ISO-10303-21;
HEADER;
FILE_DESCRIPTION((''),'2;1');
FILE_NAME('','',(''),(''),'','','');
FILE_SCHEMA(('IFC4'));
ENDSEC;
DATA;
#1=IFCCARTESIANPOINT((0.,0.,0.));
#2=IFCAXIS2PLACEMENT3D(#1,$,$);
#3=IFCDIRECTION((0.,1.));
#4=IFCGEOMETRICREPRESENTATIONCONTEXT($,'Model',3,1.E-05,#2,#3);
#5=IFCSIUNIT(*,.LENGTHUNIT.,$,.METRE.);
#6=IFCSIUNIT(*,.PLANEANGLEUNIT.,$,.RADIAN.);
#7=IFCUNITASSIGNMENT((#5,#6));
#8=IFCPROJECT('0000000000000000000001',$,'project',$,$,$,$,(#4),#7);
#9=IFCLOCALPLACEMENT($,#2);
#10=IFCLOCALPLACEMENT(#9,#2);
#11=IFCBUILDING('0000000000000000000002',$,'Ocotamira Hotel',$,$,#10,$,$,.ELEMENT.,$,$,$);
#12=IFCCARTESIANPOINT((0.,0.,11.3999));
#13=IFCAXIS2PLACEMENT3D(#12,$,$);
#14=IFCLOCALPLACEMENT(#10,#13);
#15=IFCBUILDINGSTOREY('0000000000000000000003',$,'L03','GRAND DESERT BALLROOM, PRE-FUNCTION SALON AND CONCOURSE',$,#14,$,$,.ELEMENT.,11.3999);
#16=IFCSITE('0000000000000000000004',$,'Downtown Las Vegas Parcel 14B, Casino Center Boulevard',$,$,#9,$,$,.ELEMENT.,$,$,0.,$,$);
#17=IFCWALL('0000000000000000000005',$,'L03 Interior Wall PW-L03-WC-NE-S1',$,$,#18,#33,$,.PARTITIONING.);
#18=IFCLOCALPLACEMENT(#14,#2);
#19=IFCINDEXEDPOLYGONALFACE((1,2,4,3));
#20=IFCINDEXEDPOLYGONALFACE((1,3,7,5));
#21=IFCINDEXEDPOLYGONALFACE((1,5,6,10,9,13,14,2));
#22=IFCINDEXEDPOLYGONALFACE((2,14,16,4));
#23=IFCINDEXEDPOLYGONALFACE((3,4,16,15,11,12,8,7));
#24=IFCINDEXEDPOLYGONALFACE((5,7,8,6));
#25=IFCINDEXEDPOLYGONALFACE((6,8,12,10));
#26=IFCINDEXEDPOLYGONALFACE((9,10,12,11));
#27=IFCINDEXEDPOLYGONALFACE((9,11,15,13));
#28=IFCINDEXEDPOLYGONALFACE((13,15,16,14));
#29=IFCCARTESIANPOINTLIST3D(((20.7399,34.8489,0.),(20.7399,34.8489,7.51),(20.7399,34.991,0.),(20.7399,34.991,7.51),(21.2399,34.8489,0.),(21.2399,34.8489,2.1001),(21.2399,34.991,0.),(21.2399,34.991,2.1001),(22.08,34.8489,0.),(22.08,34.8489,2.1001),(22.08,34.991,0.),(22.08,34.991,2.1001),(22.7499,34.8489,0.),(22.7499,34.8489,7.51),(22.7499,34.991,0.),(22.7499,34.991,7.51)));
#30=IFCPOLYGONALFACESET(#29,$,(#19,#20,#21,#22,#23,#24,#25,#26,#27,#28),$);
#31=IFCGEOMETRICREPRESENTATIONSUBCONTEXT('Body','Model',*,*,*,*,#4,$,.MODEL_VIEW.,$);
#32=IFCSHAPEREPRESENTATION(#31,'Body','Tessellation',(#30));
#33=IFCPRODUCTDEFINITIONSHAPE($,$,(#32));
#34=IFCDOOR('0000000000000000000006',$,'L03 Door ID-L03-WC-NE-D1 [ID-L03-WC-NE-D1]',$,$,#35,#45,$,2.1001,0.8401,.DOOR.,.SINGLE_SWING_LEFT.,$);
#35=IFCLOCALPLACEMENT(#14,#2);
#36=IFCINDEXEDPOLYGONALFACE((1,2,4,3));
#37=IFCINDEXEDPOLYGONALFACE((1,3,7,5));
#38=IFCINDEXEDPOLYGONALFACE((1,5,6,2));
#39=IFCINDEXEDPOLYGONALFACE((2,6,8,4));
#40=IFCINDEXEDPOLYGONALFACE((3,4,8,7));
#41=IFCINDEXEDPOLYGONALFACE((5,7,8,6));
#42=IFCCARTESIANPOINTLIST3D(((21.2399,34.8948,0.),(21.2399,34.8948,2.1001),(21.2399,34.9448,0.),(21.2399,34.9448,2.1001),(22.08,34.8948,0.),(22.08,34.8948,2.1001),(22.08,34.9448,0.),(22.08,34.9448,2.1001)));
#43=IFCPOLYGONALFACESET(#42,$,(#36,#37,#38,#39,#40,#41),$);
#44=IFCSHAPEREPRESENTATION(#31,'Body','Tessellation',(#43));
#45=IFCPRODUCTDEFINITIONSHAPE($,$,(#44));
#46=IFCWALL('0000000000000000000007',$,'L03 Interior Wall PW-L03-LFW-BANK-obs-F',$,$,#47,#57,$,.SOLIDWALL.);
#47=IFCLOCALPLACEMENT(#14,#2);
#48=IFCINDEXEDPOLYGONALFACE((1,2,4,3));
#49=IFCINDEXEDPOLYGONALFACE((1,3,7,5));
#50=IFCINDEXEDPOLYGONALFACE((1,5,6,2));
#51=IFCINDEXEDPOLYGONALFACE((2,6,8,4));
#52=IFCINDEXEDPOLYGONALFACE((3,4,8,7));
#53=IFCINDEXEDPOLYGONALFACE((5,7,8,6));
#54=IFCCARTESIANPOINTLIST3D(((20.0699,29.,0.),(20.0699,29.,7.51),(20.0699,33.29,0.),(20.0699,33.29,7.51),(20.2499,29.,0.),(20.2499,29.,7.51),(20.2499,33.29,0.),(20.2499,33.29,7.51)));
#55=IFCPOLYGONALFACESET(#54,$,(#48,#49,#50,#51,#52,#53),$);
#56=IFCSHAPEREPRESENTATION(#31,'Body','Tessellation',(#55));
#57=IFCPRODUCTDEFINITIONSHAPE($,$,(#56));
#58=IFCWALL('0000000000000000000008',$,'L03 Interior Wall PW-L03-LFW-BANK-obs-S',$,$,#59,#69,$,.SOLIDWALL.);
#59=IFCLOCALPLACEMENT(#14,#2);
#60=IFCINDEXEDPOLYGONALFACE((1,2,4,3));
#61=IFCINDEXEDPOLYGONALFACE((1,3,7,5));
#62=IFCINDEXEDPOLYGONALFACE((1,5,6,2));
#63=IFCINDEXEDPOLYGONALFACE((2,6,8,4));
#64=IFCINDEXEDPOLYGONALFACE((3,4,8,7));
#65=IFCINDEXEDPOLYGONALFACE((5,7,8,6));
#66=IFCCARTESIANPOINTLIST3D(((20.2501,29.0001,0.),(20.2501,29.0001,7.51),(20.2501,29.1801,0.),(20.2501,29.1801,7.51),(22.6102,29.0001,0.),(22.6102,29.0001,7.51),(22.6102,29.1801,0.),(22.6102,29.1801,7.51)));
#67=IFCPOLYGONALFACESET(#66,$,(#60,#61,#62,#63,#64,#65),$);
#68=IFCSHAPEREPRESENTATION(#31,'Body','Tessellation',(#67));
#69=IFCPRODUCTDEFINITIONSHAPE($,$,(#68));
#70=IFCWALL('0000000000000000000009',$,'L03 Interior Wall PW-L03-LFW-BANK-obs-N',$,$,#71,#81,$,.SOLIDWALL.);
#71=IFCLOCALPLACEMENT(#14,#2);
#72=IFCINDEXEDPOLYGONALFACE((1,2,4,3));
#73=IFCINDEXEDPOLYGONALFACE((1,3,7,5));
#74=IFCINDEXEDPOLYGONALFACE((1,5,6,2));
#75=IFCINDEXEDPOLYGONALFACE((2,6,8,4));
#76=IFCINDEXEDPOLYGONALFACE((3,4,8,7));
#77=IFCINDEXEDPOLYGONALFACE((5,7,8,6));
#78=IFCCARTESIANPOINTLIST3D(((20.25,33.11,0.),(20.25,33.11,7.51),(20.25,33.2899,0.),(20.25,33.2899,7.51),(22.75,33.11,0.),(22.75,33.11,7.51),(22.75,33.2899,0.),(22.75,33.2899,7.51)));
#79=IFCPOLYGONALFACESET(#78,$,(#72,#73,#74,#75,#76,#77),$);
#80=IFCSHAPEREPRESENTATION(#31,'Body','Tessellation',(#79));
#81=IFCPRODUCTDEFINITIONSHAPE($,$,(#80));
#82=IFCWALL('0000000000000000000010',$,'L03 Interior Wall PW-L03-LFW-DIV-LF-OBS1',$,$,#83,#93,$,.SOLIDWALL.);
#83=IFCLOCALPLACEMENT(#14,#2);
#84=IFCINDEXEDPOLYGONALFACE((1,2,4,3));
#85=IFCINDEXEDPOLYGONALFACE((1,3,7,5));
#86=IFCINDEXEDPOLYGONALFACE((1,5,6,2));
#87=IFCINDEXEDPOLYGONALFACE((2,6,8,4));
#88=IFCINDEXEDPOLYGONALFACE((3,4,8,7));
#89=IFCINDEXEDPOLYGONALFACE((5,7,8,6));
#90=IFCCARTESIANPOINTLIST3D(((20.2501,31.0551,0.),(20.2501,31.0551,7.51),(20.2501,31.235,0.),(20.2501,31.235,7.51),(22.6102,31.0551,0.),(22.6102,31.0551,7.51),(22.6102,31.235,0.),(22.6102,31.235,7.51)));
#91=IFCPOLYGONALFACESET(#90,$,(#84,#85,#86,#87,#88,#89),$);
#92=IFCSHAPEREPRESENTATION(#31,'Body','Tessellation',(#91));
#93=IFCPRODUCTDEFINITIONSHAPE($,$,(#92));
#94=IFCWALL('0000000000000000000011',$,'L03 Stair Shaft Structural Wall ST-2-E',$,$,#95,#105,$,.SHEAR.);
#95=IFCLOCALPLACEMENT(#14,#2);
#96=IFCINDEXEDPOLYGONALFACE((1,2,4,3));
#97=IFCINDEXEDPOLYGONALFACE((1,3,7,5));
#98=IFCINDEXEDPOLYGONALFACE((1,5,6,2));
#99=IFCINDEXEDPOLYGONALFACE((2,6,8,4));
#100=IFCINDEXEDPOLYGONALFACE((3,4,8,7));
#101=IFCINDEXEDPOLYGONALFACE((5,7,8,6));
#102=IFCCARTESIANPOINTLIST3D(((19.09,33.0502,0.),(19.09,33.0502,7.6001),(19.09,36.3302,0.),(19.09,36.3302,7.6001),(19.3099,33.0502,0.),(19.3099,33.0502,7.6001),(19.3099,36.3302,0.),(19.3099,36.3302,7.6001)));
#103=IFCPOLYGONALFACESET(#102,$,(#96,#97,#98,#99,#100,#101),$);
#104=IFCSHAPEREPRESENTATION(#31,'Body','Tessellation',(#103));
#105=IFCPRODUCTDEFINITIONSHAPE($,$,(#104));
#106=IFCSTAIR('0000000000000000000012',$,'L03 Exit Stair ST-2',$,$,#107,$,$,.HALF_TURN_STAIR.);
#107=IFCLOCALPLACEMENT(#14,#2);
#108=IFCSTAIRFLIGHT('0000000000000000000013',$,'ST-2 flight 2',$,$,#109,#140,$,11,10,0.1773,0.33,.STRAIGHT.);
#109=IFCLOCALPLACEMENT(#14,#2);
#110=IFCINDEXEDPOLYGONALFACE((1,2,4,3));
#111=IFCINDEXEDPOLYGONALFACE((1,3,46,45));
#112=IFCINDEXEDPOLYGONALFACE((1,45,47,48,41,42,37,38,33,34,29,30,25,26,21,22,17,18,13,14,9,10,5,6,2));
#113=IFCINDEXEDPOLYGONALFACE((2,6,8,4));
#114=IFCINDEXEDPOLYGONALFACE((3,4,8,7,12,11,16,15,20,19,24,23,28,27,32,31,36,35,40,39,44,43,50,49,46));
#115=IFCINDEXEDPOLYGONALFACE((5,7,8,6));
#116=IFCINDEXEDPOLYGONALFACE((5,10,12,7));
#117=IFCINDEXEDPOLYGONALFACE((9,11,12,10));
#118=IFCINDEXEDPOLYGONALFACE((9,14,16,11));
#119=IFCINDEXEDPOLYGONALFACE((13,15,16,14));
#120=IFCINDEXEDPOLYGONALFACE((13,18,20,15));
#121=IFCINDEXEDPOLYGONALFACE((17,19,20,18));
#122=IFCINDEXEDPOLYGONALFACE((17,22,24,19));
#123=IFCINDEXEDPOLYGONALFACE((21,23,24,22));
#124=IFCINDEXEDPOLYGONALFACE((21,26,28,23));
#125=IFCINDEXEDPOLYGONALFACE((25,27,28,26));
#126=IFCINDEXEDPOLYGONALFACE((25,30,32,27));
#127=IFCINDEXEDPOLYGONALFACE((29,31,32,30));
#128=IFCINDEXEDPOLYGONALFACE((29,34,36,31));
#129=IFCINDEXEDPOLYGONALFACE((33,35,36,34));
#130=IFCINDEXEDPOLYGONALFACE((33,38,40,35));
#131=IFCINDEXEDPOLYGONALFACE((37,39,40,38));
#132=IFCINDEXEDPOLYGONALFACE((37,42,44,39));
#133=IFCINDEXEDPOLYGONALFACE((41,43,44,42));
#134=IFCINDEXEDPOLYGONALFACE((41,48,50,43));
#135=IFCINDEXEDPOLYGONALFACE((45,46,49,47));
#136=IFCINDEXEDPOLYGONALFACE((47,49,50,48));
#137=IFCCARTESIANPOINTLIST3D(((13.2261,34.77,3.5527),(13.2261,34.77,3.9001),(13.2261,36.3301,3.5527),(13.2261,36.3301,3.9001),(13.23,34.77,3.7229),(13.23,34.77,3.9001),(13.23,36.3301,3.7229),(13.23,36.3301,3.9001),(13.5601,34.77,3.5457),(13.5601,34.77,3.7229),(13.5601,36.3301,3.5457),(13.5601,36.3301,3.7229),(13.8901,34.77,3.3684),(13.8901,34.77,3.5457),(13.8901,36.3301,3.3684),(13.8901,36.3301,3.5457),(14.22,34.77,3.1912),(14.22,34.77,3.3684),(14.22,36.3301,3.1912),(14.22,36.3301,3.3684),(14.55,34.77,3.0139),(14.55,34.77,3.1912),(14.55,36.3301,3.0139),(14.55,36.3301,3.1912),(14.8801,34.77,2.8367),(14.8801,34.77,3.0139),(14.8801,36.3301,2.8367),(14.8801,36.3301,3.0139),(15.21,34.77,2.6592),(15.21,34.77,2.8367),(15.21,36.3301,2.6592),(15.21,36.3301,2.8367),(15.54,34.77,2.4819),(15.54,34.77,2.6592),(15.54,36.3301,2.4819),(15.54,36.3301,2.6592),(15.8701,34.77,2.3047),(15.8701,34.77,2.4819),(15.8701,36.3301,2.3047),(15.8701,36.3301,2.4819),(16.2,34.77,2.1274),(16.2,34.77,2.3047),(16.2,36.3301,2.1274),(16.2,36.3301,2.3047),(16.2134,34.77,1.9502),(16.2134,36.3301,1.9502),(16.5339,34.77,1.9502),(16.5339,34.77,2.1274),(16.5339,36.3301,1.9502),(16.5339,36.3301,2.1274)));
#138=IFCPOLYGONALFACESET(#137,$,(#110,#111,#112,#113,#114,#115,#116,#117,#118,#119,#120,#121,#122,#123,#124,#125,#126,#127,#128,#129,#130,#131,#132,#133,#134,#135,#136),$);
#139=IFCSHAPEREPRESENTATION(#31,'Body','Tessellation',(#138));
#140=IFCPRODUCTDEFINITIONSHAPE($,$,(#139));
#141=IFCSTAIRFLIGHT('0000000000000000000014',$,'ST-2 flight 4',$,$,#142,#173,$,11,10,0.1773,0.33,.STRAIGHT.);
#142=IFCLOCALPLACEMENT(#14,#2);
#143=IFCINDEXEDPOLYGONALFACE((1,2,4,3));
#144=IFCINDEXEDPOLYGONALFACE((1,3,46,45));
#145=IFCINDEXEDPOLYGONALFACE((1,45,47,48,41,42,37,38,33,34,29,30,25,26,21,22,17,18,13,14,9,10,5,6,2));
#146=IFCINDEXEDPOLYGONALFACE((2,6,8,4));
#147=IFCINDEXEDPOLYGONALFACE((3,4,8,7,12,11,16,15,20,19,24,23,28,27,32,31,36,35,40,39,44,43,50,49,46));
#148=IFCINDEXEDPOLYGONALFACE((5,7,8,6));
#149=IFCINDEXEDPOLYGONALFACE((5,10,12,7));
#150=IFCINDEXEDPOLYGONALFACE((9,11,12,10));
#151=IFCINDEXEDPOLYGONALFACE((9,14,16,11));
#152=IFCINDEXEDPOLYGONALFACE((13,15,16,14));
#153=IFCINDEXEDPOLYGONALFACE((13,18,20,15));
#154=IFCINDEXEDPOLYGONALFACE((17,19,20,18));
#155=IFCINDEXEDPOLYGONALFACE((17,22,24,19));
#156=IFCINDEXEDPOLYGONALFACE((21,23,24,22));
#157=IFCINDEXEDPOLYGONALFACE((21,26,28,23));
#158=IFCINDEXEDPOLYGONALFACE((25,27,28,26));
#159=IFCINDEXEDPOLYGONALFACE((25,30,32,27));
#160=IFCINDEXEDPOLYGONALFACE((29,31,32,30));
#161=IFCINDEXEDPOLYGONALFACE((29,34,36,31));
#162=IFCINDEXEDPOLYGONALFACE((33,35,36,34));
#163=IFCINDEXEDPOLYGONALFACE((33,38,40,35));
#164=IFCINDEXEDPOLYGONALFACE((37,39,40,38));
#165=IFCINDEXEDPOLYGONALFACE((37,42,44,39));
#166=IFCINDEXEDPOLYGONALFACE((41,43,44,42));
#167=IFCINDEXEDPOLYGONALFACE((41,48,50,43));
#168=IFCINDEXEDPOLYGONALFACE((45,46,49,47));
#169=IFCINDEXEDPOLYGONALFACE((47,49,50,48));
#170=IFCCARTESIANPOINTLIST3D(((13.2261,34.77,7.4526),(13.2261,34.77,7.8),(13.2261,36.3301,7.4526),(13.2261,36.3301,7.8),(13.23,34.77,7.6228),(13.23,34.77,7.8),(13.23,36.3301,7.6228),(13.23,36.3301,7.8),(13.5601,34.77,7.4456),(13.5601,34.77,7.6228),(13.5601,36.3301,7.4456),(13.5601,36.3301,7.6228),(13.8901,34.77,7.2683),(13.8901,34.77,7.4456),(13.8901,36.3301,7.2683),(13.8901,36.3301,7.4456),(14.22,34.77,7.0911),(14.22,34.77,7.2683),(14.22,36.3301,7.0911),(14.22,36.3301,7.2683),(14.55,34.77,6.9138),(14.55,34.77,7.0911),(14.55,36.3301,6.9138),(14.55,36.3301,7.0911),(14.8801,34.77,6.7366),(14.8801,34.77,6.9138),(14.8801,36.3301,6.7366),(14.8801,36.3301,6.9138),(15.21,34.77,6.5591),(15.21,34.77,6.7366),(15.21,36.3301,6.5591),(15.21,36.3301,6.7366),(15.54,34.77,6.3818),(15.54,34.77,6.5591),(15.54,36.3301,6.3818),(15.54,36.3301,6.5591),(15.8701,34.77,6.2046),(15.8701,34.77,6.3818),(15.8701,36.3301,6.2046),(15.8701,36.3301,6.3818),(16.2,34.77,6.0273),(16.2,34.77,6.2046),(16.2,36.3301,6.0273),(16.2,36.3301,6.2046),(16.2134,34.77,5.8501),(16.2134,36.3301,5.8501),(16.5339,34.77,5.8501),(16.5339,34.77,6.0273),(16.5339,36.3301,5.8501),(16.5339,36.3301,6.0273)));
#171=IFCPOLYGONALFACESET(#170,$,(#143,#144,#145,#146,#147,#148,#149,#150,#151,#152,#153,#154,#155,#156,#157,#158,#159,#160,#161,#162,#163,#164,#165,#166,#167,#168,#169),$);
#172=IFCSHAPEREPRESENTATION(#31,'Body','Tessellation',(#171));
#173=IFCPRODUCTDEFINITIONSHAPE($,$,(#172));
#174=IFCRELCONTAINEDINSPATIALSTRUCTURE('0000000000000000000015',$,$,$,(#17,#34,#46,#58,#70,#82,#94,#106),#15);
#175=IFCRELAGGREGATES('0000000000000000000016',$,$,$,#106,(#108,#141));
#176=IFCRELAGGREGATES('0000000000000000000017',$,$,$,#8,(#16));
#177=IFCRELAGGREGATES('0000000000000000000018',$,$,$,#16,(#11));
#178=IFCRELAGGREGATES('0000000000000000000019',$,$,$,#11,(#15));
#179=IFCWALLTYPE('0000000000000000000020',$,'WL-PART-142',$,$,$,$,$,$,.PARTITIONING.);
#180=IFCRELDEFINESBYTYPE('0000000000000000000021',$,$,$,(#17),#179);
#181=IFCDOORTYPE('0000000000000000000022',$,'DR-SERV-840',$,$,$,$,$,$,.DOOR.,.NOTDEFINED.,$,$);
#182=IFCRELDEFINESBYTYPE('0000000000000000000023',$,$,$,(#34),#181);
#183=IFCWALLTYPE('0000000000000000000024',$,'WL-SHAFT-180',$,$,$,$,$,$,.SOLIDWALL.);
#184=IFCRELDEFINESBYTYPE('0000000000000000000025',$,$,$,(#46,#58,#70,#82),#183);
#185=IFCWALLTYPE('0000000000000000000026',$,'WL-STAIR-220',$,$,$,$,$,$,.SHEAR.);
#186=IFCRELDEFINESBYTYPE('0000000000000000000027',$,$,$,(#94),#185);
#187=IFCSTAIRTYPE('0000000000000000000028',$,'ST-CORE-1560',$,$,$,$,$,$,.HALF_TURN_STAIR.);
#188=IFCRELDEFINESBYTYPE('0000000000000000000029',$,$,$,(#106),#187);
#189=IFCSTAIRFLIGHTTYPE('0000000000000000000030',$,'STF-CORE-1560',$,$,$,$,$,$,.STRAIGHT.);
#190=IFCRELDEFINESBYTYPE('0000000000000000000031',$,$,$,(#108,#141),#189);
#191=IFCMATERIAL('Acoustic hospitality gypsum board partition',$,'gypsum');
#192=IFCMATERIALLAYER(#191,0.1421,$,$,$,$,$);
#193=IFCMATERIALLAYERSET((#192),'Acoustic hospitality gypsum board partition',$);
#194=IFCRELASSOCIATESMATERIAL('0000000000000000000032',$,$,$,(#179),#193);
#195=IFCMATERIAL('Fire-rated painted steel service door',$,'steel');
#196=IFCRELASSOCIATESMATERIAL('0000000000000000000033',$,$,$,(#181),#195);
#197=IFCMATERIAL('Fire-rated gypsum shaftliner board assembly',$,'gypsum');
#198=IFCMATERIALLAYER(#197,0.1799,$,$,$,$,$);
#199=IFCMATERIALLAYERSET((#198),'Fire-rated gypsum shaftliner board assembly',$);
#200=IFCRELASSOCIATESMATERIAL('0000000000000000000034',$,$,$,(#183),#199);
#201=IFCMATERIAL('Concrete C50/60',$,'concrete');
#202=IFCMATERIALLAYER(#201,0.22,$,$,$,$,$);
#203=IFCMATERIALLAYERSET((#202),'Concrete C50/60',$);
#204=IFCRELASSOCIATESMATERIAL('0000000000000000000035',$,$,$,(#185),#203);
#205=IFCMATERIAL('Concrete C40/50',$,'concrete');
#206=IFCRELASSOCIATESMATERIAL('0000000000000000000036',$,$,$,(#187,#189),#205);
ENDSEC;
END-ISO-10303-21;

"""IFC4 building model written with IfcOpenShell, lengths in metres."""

from ifc_helpers import new_model, si_unit, direction, frame, frame_2d, origin, place, context, subcontext, project, spatial, polyline, rectangle, outline, extrude, source, transform, mapped, material, layer, layer_set, type_object, element, fill, aggregate, save


model = new_model("IFC4")

# Units and contexts
model_context = context("Model", 3, precision=1e-05, world=origin(), true_north=direction((0.0, 1.0)))
body_context = subcontext(model_context, "Body", "Model", "MODEL_VIEW")
ifc_project = project(units=[si_unit("LENGTHUNIT", "METRE"), si_unit("PLANEANGLEUNIT", "RADIAN")], contexts=[model_context])

# Site, building, storey
site_placement = place(None, origin())
site = spatial("IfcSite", under=ifc_project, at=site_placement, Name="Downtown Las Vegas Parcel 14B, Casino Center Boulevard", CompositionType="ELEMENT", RefElevation=0.0)
building_placement = place(site_placement, origin())
building = spatial("IfcBuilding", under=site, at=building_placement, Name="Ocotamira Hotel", CompositionType="ELEMENT")
storey_placement = place(building_placement, frame((0.0, 0.0, 11.3999)))
storey = spatial("IfcBuildingStorey", under=building, at=storey_placement, Name="L03", Description="GRAND DESERT BALLROOM, PRE-FUNCTION SALON AND CONCOURSE", CompositionType="ELEMENT", Elevation=11.3999)

# Shared definitions
ifc_material_1 = material(Name="Acoustic hospitality gypsum board partition", Category="gypsum")
ifc_layer_1 = layer(ifc_material_1, 0.1421)
ifc_layer_set_1 = layer_set([ifc_layer_1], Name="Acoustic hospitality gypsum board partition")
wall_type_1 = type_object("IfcWallType", Name="WL-PART-142", PredefinedType="PARTITIONING", material=ifc_layer_set_1)

# Wall, opening, door
wall_1_placement = place(storey_placement, frame((20.74, 34.9199, 0.0), z_axis=(0.0, 0.0, 1.0), x_axis=(1.0, 0.0, 0.0)))
wall_1 = element("IfcWall", 1, at=wall_1_placement, inside=storey, type_object=wall_type_1, Name="L03 Interior Wall PW-L03-WC-NE-S1", PredefinedType="PARTITIONING", context=body_context, shape_type="SweptSolid", body=[
    extrude(rectangle(XDim=2.01, YDim=0.1421, at=frame_2d((1.0049, 0.0))), origin(), (0.0, 0.0, 1.0), 7.51),
])
opening_1_placement = place(wall_1_placement, frame((0.5, 0.0, 0.0)))
opening_1 = element("IfcOpeningElement", 2, at=opening_1_placement, cuts=wall_1, PredefinedType="OPENING", context=body_context, shape_type="SweptSolid", body=[
    extrude(rectangle(XDim=0.8401, YDim=2.1001, at=frame_2d((0.4199, 1.05))), frame((0.0, 0.0811, 0.0), z_axis=(0.0, -1.0, 0.0), x_axis=(1.0, 0.0, 0.0)), (0.0, 0.0, 1.0), 0.1621),
])
ifc_material_2 = material(Name="Fire-rated painted steel service door", Category="steel")
door_type_1 = type_object("IfcDoorType", Name="DR-SERV-840", OperationType="NOTDEFINED", PredefinedType="DOOR", material=ifc_material_2)
shared_shape_1 = source(origin(), body_context, "Body", "SweptSolid", [
    extrude(rectangle(XDim=0.8401, YDim=2.1001, at=frame_2d((0.4199, 1.05))), frame((0.0, 0.0249, 0.0), z_axis=(0.0, -1.0, 0.0), x_axis=(1.0, 0.0, 0.0)), (0.0, 0.0, 1.0), 0.05),
])
door_1_placement = place(opening_1_placement, origin())
door_1 = element("IfcDoor", 3, at=door_1_placement, inside=storey, type_object=door_type_1, Name="L03 Door ID-L03-WC-NE-D1 [ID-L03-WC-NE-D1]", OperationType="SINGLE_SWING_LEFT", OverallHeight=2.1001, OverallWidth=0.8401, PredefinedType="DOOR", context=body_context, shape_type="MappedRepresentation", body=[
    mapped(shared_shape_1, transform((0.0, 0.0, 0.0), scale=1.0)),
])
fill(opening_1, door_1)

# Walls
ifc_material_3 = material(Name="Fire-rated gypsum shaftliner board assembly", Category="gypsum")
ifc_layer_2 = layer(ifc_material_3, 0.1799)
ifc_layer_set_2 = layer_set([ifc_layer_2], Name="Fire-rated gypsum shaftliner board assembly")
wall_type_2 = type_object("IfcWallType", Name="WL-SHAFT-180", PredefinedType="SOLIDWALL", material=ifc_layer_set_2)
wall_2_placement = place(storey_placement, frame((20.1599, 29.0, 0.0), z_axis=(0.0, 0.0, 1.0), x_axis=(0.0, 1.0, 0.0)))
element("IfcWall", 4, at=wall_2_placement, inside=storey, type_object=wall_type_2, Name="L03 Interior Wall PW-L03-LFW-BANK-obs-F", PredefinedType="SOLIDWALL", context=body_context, shape_type="SweptSolid", body=[
    extrude(rectangle(XDim=4.29, YDim=0.1799, at=frame_2d((2.145, 0.0))), origin(), (0.0, 0.0, 1.0), 7.51),
])
wall_3_placement = place(storey_placement, frame((20.25, 29.0901, 0.0), z_axis=(0.0, 0.0, 1.0), x_axis=(1.0, 0.0, 0.0)))
element("IfcWall", 5, at=wall_3_placement, inside=storey, type_object=wall_type_2, Name="L03 Interior Wall PW-L03-LFW-BANK-obs-S", PredefinedType="SOLIDWALL", context=body_context, shape_type="SweptSolid", body=[
    extrude(rectangle(XDim=2.3601, YDim=0.1799, at=frame_2d((1.1802, 0.0))), origin(), (0.0, 0.0, 1.0), 7.51),
])
wall_4_placement = place(storey_placement, frame((20.25, 33.2, 0.0), z_axis=(0.0, 0.0, 1.0), x_axis=(1.0, 0.0, 0.0)))
element("IfcWall", 6, at=wall_4_placement, inside=storey, type_object=wall_type_2, Name="L03 Interior Wall PW-L03-LFW-BANK-obs-N", PredefinedType="SOLIDWALL", context=body_context, shape_type="SweptSolid", body=[
    extrude(rectangle(XDim=2.5, YDim=0.1799, at=frame_2d((1.25, 0.0))), origin(), (0.0, 0.0, 1.0), 7.51),
])
wall_5_placement = place(storey_placement, frame((20.25, 31.145, 0.0), z_axis=(0.0, 0.0, 1.0), x_axis=(1.0, 0.0, 0.0)))
element("IfcWall", 7, at=wall_5_placement, inside=storey, type_object=wall_type_2, Name="L03 Interior Wall PW-L03-LFW-DIV-LF-OBS1", PredefinedType="SOLIDWALL", context=body_context, shape_type="SweptSolid", body=[
    extrude(rectangle(XDim=2.3601, YDim=0.1799, at=frame_2d((1.1802, 0.0))), origin(), (0.0, 0.0, 1.0), 7.51),
])
ifc_material_4 = material(Name="Concrete C50/60", Category="concrete")
ifc_layer_3 = layer(ifc_material_4, 0.22)
ifc_layer_set_3 = layer_set([ifc_layer_3], Name="Concrete C50/60")
wall_type_3 = type_object("IfcWallType", Name="WL-STAIR-220", PredefinedType="SHEAR", material=ifc_layer_set_3)
wall_6_placement = place(storey_placement, frame((19.2, 33.05, 0.0), z_axis=(0.0, 0.0, 1.0), x_axis=(0.0, 1.0, 0.0)))
element("IfcWall", 8, at=wall_6_placement, inside=storey, type_object=wall_type_3, Name="L03 Stair Shaft Structural Wall ST-2-E", PredefinedType="SHEAR", context=body_context, shape_type="SweptSolid", body=[
    extrude(rectangle(XDim=3.28, YDim=0.22, at=frame_2d((1.6401, 0.0))), origin(), (0.0, 0.0, 1.0), 7.6001),
])

# Stair, stair flights
ifc_material_5 = material(Name="Concrete C40/50", Category="concrete")
stair_type = type_object("IfcStairType", Name="ST-CORE-1560", PredefinedType="HALF_TURN_STAIR", material=ifc_material_5)
stair_1_placement = place(storey_placement, origin())
stair_1 = element("IfcStair", 9, at=stair_1_placement, inside=storey, type_object=stair_type, Name="L03 Exit Stair ST-2", PredefinedType="HALF_TURN_STAIR")
stair_flight_type = type_object("IfcStairFlightType", Name="STF-CORE-1560", PredefinedType="STRAIGHT", material=ifc_material_5)
shared_shape_2 = source(origin(), body_context, "Body", "SweptSolid", [
    extrude(outline(polyline([(-0.0039, 0.0), (-0.0039, 0.1772), (0.3301, 0.1772), (0.3301, 0.3545), (0.6599, 0.3545), (0.6599, 0.5317), (0.99, 0.5317), (0.99, 0.709), (1.3201, 0.709), (1.3201, 0.8865), (1.6499, 0.8865), (1.6499, 1.0637), (1.98, 1.0637), (1.98, 1.241), (2.3101, 1.241), (2.3101, 1.4182), (2.6399, 1.4182), (2.6399, 1.5955), (2.97, 1.5955), (2.97, 1.7727), (3.3, 1.7727), (3.3, 1.95), (3.304, 1.95), (3.304, 1.6025), (0.3167, 0.0), (-0.0039, 0.0)])), frame((0.0, 0.78, 0.0), z_axis=(0.0, -1.0, 0.0), x_axis=(1.0, 0.0, 0.0)), (0.0, 0.0, 1.0), 1.5601),
])
stair_flight_1_placement = place(storey_placement, frame((16.53, 35.55, 1.9502), z_axis=(0.0, 0.0, 1.0), x_axis=(-1.0, 0.0, 0.0)))
stair_flight_1 = element("IfcStairFlight", 10, at=stair_flight_1_placement, type_object=stair_flight_type, Name="ST-2 flight 2", NumberOfRisers=11, NumberOfTreads=10, PredefinedType="STRAIGHT", RiserHeight=0.1773, TreadLength=0.33, context=body_context, shape_type="MappedRepresentation", body=[
    mapped(shared_shape_2, transform((0.0, 0.0, 0.0), scale=1.0)),
])
stair_flight_2_placement = place(storey_placement, frame((16.53, 35.55, 5.8501), z_axis=(0.0, 0.0, 1.0), x_axis=(-1.0, 0.0, 0.0)))
stair_flight_2 = element("IfcStairFlight", 11, at=stair_flight_2_placement, type_object=stair_flight_type, Name="ST-2 flight 4", NumberOfRisers=11, NumberOfTreads=10, PredefinedType="STRAIGHT", RiserHeight=0.1773, TreadLength=0.33, context=body_context, shape_type="MappedRepresentation", body=[
    mapped(shared_shape_2, transform((0.0, 0.0, 0.0), scale=1.0)),
])
aggregate(stair_1, [stair_flight_1, stair_flight_2])

save(model, "model.ifc")
